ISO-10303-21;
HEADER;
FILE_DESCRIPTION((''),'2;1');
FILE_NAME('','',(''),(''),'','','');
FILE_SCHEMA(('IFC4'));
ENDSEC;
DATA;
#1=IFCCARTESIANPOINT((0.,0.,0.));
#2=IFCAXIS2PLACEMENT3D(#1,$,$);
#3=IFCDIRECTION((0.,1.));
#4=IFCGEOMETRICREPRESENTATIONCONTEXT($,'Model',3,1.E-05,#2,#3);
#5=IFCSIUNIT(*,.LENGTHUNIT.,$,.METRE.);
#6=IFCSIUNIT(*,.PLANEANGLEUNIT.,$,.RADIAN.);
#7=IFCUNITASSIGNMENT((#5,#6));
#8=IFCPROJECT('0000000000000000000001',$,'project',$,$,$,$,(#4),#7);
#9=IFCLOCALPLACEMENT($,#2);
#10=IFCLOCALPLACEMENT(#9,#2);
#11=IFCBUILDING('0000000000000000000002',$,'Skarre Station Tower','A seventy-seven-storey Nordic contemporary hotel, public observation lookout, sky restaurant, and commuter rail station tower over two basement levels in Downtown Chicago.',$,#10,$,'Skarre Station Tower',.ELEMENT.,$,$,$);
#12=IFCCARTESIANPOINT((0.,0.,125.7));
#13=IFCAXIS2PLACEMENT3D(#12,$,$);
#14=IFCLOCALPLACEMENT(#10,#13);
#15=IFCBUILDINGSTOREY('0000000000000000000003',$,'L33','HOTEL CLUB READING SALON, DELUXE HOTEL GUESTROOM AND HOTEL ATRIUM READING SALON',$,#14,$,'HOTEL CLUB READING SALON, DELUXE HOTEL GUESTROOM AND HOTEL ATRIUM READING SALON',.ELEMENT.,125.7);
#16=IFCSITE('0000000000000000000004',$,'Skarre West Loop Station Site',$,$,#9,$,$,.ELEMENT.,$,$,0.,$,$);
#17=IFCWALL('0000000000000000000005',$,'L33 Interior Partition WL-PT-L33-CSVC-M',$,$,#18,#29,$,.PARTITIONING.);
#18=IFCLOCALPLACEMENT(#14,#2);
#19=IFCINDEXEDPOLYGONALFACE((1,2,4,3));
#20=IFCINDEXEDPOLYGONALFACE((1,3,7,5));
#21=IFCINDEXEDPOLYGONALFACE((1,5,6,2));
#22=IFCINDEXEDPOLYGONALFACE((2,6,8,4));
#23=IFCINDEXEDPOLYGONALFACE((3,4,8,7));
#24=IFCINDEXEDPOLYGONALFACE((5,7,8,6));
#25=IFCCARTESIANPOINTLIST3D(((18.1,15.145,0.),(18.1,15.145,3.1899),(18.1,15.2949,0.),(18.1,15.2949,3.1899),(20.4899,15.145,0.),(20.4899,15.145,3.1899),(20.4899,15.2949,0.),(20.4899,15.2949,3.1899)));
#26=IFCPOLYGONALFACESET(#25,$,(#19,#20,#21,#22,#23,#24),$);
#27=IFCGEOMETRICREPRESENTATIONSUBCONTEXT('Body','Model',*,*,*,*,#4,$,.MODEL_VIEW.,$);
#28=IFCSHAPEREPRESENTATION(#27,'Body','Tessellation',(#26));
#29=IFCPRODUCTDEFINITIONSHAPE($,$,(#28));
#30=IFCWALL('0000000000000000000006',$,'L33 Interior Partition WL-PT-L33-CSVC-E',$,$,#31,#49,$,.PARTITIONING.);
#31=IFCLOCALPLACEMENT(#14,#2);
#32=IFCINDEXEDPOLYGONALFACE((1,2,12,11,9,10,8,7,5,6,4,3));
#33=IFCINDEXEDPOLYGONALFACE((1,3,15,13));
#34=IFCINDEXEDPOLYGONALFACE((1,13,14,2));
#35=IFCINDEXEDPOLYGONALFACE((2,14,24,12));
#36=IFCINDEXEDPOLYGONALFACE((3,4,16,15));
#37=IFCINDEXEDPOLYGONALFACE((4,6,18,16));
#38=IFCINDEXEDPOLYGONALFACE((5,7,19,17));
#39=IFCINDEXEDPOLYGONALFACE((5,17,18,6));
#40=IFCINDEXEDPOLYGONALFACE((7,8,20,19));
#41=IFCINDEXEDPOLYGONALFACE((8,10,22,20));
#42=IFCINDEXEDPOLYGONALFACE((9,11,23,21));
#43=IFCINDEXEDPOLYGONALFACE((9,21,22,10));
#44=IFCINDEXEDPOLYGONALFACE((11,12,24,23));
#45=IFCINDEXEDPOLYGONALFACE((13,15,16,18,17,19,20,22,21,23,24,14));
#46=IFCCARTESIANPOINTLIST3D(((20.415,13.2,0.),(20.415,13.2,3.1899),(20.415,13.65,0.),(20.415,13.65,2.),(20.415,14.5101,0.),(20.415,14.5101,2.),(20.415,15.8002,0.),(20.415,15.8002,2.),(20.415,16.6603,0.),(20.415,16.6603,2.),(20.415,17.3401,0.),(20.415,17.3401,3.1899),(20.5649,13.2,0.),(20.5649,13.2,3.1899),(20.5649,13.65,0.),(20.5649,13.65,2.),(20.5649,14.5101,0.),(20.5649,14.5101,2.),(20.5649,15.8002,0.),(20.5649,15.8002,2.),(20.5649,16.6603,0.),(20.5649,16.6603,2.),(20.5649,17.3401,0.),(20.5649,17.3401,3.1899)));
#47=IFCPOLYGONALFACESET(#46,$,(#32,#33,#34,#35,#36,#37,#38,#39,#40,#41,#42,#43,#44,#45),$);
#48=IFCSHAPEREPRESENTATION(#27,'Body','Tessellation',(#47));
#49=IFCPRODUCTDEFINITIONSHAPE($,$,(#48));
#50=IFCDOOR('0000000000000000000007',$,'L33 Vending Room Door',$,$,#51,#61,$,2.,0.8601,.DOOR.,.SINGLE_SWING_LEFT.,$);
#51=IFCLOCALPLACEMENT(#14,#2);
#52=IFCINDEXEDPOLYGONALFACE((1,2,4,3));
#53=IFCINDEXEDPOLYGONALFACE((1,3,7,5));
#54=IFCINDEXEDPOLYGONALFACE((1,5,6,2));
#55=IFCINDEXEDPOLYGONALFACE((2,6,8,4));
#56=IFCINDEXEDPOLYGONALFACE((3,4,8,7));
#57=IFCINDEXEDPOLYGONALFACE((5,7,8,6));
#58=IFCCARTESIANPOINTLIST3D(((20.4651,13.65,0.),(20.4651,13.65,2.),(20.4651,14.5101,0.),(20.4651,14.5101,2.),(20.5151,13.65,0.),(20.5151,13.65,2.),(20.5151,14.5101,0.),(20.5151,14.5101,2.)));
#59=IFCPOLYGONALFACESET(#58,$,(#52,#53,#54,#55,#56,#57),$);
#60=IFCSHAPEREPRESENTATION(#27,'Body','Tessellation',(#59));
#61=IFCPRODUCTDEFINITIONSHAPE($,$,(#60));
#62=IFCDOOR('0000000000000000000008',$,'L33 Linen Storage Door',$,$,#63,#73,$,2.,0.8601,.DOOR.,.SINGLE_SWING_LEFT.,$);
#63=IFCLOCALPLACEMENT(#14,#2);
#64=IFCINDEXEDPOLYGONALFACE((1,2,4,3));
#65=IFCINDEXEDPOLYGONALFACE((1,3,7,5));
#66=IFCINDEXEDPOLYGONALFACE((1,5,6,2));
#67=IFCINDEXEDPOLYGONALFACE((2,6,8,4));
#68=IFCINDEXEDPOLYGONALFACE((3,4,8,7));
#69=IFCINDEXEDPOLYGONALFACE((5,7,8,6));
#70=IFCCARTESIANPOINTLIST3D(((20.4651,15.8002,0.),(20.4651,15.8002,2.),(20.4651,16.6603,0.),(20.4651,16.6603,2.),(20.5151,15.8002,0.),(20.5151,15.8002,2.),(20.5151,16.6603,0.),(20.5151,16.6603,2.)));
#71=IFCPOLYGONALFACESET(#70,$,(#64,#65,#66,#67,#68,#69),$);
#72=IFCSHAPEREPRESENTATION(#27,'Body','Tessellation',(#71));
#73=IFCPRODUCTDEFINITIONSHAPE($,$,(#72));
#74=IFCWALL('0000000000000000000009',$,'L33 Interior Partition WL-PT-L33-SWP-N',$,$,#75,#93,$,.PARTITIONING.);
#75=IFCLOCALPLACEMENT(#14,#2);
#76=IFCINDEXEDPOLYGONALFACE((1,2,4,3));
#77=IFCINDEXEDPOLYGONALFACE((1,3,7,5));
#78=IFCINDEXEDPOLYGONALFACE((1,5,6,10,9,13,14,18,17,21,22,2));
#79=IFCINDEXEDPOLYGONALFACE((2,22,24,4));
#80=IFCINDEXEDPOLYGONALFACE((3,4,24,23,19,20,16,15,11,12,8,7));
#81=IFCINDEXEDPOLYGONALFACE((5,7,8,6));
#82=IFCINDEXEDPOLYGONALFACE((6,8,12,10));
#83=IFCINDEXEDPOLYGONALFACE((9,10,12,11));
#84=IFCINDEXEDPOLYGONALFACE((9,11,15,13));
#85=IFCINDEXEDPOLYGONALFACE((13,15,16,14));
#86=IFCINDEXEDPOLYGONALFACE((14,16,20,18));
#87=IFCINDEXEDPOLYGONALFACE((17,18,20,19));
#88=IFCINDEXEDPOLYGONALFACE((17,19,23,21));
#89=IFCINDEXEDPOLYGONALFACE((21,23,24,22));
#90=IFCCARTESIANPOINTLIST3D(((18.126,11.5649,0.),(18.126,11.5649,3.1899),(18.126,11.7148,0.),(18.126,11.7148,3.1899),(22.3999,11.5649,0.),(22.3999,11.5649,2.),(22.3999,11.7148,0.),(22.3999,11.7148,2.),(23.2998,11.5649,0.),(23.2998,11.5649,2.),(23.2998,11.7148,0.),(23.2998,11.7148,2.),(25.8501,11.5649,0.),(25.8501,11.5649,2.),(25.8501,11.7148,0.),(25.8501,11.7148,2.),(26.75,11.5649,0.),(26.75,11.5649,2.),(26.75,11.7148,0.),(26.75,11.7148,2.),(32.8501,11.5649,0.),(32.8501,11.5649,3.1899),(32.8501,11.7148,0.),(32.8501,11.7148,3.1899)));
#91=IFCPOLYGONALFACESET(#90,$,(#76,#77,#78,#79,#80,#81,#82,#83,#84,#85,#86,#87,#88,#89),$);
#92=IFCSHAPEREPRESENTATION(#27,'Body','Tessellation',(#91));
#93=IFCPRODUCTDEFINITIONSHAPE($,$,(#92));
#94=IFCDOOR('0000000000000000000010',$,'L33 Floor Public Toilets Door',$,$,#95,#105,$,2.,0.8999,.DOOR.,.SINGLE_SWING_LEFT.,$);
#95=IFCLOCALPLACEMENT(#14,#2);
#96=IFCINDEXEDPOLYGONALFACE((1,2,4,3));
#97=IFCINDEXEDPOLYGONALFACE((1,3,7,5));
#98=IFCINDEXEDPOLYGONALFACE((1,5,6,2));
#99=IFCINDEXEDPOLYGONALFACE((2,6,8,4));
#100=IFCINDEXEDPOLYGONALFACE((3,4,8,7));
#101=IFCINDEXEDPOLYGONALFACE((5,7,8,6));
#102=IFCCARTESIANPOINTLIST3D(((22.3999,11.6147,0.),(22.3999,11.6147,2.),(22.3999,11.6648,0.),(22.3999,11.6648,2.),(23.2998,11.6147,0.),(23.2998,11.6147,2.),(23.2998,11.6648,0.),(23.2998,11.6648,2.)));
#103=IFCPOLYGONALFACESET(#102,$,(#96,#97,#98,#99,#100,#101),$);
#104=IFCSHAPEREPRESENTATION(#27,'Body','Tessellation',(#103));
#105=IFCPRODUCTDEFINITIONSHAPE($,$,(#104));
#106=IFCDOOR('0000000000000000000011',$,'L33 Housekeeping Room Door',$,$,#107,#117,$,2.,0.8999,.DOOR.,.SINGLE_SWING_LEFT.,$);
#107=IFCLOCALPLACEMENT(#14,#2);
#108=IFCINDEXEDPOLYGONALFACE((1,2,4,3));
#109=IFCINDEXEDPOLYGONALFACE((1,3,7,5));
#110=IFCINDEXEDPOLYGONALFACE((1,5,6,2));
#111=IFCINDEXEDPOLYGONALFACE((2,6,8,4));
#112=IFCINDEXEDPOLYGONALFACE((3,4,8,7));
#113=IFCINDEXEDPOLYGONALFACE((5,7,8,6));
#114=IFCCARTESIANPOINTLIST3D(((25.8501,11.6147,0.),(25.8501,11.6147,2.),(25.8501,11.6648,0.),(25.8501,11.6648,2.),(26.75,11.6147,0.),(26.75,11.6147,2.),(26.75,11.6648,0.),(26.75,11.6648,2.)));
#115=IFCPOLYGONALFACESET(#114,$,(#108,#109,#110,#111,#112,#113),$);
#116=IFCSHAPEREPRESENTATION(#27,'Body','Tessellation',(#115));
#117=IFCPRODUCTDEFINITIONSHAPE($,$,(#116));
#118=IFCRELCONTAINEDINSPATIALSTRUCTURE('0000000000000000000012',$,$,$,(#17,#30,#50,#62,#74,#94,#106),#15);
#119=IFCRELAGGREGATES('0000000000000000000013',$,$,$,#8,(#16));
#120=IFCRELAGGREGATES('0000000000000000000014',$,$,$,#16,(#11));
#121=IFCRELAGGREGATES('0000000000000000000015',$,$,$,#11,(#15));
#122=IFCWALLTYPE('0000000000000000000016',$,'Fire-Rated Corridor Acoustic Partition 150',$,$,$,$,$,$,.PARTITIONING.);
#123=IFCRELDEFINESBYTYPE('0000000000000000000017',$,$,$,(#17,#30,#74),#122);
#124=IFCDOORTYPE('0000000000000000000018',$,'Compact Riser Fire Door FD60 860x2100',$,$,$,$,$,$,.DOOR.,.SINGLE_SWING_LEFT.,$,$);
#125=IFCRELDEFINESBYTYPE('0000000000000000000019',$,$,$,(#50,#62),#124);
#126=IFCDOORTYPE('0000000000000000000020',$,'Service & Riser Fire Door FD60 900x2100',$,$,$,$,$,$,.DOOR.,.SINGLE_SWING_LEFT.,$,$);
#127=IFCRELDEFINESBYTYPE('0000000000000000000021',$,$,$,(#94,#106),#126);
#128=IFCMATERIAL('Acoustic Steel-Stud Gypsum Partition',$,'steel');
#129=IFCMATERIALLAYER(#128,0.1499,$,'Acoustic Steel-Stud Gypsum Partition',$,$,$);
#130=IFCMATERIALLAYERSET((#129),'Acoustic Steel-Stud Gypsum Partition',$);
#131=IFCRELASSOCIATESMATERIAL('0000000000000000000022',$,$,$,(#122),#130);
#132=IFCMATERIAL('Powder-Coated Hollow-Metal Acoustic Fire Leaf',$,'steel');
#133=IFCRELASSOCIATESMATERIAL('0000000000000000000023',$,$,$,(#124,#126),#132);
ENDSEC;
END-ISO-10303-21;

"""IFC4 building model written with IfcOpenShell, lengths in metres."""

from ifc_helpers import new_model, si_unit, direction, frame, frame_2d, origin, place, context, subcontext, project, spatial, rectangle, extrude, material, layer, layer_set, type_object, element, fill, save


model = new_model("IFC4")

# Units and contexts
model_context = context("Model", 3, precision=1e-05, world=origin(), true_north=direction((0.0, 1.0)))
body_context = subcontext(model_context, "Body", "Model", "MODEL_VIEW")
ifc_project = project(units=[si_unit("LENGTHUNIT", "METRE"), si_unit("PLANEANGLEUNIT", "RADIAN")], contexts=[model_context])

# Site, building, storey
site_placement = place(None, origin())
site = spatial("IfcSite", under=ifc_project, at=site_placement, Name="Skarre West Loop Station Site", CompositionType="ELEMENT", RefElevation=0.0)
building_placement = place(site_placement, origin())
building = spatial("IfcBuilding", under=site, at=building_placement, Name="Skarre Station Tower", Description="A seventy-seven-storey Nordic contemporary hotel, public observation lookout, sky restaurant, and commuter rail station tower over two basement levels in Downtown Chicago.", LongName="Skarre Station Tower", CompositionType="ELEMENT")
storey_placement = place(building_placement, frame((0.0, 0.0, 125.7)))
storey = spatial("IfcBuildingStorey", under=building, at=storey_placement, Name="L33", Description="HOTEL CLUB READING SALON, DELUXE HOTEL GUESTROOM AND HOTEL ATRIUM READING SALON", LongName="HOTEL CLUB READING SALON, DELUXE HOTEL GUESTROOM AND HOTEL ATRIUM READING SALON", CompositionType="ELEMENT", Elevation=125.7)

# Wall
ifc_material_1 = material(Name="Acoustic Steel-Stud Gypsum Partition", Category="steel")
ifc_layer_1 = layer(ifc_material_1, 0.1499, Name="Acoustic Steel-Stud Gypsum Partition")
ifc_layer_set_1 = layer_set([ifc_layer_1], Name="Acoustic Steel-Stud Gypsum Partition")
wall_type_1 = type_object("IfcWallType", Name="Fire-Rated Corridor Acoustic Partition 150", PredefinedType="PARTITIONING", material=ifc_layer_set_1)
for number, where, z_axis, x_axis, name in (
    (1, (18.1001, 15.22, 0.0), (0.0, 0.0, 1.0), (1.0, 0.0, 0.0), "L33 Interior Partition WL-PT-L33-CSVC-M"),
):
    element("IfcWall", number, at=place(storey_placement, frame(where, z_axis=z_axis, x_axis=x_axis)), inside=storey, type_object=wall_type_1, Name=name, PredefinedType="PARTITIONING", context=body_context, shape_type="SweptSolid", body=[
        extrude(rectangle(XDim=2.3899, YDim=0.1499, at=frame_2d((1.1948, 0.0))), origin(), (0.0, 0.0, 1.0), 3.1899),
    ])

# Walls, openings, doors
wall_1_placement = place(storey_placement, frame((20.49, 13.2, 0.0), z_axis=(0.0, 0.0, 1.0), x_axis=(0.0, 1.0, 0.0)))
wall_1 = element("IfcWall", 2, at=wall_1_placement, inside=storey, type_object=wall_type_1, Name="L33 Interior Partition WL-PT-L33-CSVC-E", PredefinedType="PARTITIONING", context=body_context, shape_type="SweptSolid", body=[
    extrude(rectangle(XDim=4.1401, YDim=0.1499, at=frame_2d((2.0701, 0.0))), origin(), (0.0, 0.0, 1.0), 3.1899),
])
opening_1_placement = place(wall_1_placement, frame((0.45, 0.0, 0.0)))
opening_1 = element("IfcOpeningElement", 3, at=opening_1_placement, cuts=wall_1, PredefinedType="OPENING", context=body_context, shape_type="SweptSolid", body=[
    extrude(rectangle(XDim=0.8601, YDim=2.0, at=frame_2d((0.4302, 1.0))), frame((0.0, 0.085, 0.0), z_axis=(0.0, -1.0, 0.0), x_axis=(1.0, 0.0, 0.0)), (0.0, 0.0, 1.0), 0.1699),
])
opening_2_placement = place(wall_1_placement, frame((2.6001, 0.0, 0.0)))
opening_2 = element("IfcOpeningElement", 4, at=opening_2_placement, cuts=wall_1, PredefinedType="OPENING", context=body_context, shape_type="SweptSolid", body=[
    extrude(rectangle(XDim=0.8601, YDim=2.0, at=frame_2d((0.4302, 1.0))), frame((0.0, 0.085, 0.0), z_axis=(0.0, -1.0, 0.0), x_axis=(1.0, 0.0, 0.0)), (0.0, 0.0, 1.0), 0.1699),
])
ifc_material_2 = material(Name="Powder-Coated Hollow-Metal Acoustic Fire Leaf", Category="steel")
door_type_1 = type_object("IfcDoorType", Name="Compact Riser Fire Door FD60 860x2100", OperationType="SINGLE_SWING_LEFT", PredefinedType="DOOR", material=ifc_material_2)
door_1_placement = place(opening_1_placement, origin())
door_1 = element("IfcDoor", 5, at=door_1_placement, inside=storey, type_object=door_type_1, Name="L33 Vending Room Door", OperationType="SINGLE_SWING_LEFT", OverallHeight=2.0, OverallWidth=0.8601, PredefinedType="DOOR", context=body_context, shape_type="SweptSolid", body=[
    extrude(rectangle(XDim=0.8601, YDim=2.0, at=frame_2d((0.4302, 1.0))), frame((0.0, 0.0249, 0.0), z_axis=(0.0, -1.0, 0.0), x_axis=(1.0, 0.0, 0.0)), (0.0, 0.0, 1.0), 0.05),
])
fill(opening_1, door_1)
door_2_placement = place(opening_2_placement, origin())
door_2 = element("IfcDoor", 6, at=door_2_placement, inside=storey, type_object=door_type_1, Name="L33 Linen Storage Door", OperationType="SINGLE_SWING_LEFT", OverallHeight=2.0, OverallWidth=0.8601, PredefinedType="DOOR", context=body_context, shape_type="SweptSolid", body=[
    extrude(rectangle(XDim=0.8601, YDim=2.0, at=frame_2d((0.4302, 1.0))), frame((0.0, 0.0249, 0.0), z_axis=(0.0, -1.0, 0.0), x_axis=(1.0, 0.0, 0.0)), (0.0, 0.0, 1.0), 0.05),
])
fill(opening_2, door_2)
wall_2_placement = place(storey_placement, frame((18.126, 11.6399, 0.0), z_axis=(0.0, 0.0, 1.0), x_axis=(1.0, 0.0, 0.0)))
wall_2 = element("IfcWall", 7, at=wall_2_placement, inside=storey, type_object=wall_type_1, Name="L33 Interior Partition WL-PT-L33-SWP-N", PredefinedType="PARTITIONING", context=body_context, shape_type="SweptSolid", body=[
    extrude(rectangle(XDim=14.7241, YDim=0.1499, at=frame_2d((7.3621, 0.0))), origin(), (0.0, 0.0, 1.0), 3.1899),
])
opening_3_placement = place(wall_2_placement, frame((4.2739, 0.0, 0.0)))
opening_3 = element("IfcOpeningElement", 8, at=opening_3_placement, cuts=wall_2, PredefinedType="OPENING", context=body_context, shape_type="SweptSolid", body=[
    extrude(rectangle(XDim=0.8999, YDim=2.0, at=frame_2d((0.45, 1.0))), frame((0.0, 0.085, 0.0), z_axis=(0.0, -1.0, 0.0), x_axis=(1.0, 0.0, 0.0)), (0.0, 0.0, 1.0), 0.1699),
])
opening_4_placement = place(wall_2_placement, frame((7.7241, 0.0, 0.0)))
opening_4 = element("IfcOpeningElement", 9, at=opening_4_placement, cuts=wall_2, PredefinedType="OPENING", context=body_context, shape_type="SweptSolid", body=[
    extrude(rectangle(XDim=0.8999, YDim=2.0, at=frame_2d((0.45, 1.0))), frame((0.0, 0.085, 0.0), z_axis=(0.0, -1.0, 0.0), x_axis=(1.0, 0.0, 0.0)), (0.0, 0.0, 1.0), 0.1699),
])
door_type_2 = type_object("IfcDoorType", Name="Service & Riser Fire Door FD60 900x2100", OperationType="SINGLE_SWING_LEFT", PredefinedType="DOOR", material=ifc_material_2)
door_3_placement = place(opening_3_placement, origin())
door_3 = element("IfcDoor", 10, at=door_3_placement, inside=storey, type_object=door_type_2, Name="L33 Floor Public Toilets Door", OperationType="SINGLE_SWING_LEFT", OverallHeight=2.0, OverallWidth=0.8999, PredefinedType="DOOR", context=body_context, shape_type="SweptSolid", body=[
    extrude(rectangle(XDim=0.8999, YDim=2.0, at=frame_2d((0.45, 1.0))), frame((0.0, 0.0249, 0.0), z_axis=(0.0, -1.0, 0.0), x_axis=(1.0, 0.0, 0.0)), (0.0, 0.0, 1.0), 0.05),
])
fill(opening_3, door_3)
door_4_placement = place(opening_4_placement, origin())
door_4 = element("IfcDoor", 11, at=door_4_placement, inside=storey, type_object=door_type_2, Name="L33 Housekeeping Room Door", OperationType="SINGLE_SWING_LEFT", OverallHeight=2.0, OverallWidth=0.8999, PredefinedType="DOOR", context=body_context, shape_type="SweptSolid", body=[
    extrude(rectangle(XDim=0.8999, YDim=2.0, at=frame_2d((0.45, 1.0))), frame((0.0, 0.0249, 0.0), z_axis=(0.0, -1.0, 0.0), x_axis=(1.0, 0.0, 0.0)), (0.0, 0.0, 1.0), 0.05),
])
fill(opening_4, door_4)

save(model, "model.ifc")
